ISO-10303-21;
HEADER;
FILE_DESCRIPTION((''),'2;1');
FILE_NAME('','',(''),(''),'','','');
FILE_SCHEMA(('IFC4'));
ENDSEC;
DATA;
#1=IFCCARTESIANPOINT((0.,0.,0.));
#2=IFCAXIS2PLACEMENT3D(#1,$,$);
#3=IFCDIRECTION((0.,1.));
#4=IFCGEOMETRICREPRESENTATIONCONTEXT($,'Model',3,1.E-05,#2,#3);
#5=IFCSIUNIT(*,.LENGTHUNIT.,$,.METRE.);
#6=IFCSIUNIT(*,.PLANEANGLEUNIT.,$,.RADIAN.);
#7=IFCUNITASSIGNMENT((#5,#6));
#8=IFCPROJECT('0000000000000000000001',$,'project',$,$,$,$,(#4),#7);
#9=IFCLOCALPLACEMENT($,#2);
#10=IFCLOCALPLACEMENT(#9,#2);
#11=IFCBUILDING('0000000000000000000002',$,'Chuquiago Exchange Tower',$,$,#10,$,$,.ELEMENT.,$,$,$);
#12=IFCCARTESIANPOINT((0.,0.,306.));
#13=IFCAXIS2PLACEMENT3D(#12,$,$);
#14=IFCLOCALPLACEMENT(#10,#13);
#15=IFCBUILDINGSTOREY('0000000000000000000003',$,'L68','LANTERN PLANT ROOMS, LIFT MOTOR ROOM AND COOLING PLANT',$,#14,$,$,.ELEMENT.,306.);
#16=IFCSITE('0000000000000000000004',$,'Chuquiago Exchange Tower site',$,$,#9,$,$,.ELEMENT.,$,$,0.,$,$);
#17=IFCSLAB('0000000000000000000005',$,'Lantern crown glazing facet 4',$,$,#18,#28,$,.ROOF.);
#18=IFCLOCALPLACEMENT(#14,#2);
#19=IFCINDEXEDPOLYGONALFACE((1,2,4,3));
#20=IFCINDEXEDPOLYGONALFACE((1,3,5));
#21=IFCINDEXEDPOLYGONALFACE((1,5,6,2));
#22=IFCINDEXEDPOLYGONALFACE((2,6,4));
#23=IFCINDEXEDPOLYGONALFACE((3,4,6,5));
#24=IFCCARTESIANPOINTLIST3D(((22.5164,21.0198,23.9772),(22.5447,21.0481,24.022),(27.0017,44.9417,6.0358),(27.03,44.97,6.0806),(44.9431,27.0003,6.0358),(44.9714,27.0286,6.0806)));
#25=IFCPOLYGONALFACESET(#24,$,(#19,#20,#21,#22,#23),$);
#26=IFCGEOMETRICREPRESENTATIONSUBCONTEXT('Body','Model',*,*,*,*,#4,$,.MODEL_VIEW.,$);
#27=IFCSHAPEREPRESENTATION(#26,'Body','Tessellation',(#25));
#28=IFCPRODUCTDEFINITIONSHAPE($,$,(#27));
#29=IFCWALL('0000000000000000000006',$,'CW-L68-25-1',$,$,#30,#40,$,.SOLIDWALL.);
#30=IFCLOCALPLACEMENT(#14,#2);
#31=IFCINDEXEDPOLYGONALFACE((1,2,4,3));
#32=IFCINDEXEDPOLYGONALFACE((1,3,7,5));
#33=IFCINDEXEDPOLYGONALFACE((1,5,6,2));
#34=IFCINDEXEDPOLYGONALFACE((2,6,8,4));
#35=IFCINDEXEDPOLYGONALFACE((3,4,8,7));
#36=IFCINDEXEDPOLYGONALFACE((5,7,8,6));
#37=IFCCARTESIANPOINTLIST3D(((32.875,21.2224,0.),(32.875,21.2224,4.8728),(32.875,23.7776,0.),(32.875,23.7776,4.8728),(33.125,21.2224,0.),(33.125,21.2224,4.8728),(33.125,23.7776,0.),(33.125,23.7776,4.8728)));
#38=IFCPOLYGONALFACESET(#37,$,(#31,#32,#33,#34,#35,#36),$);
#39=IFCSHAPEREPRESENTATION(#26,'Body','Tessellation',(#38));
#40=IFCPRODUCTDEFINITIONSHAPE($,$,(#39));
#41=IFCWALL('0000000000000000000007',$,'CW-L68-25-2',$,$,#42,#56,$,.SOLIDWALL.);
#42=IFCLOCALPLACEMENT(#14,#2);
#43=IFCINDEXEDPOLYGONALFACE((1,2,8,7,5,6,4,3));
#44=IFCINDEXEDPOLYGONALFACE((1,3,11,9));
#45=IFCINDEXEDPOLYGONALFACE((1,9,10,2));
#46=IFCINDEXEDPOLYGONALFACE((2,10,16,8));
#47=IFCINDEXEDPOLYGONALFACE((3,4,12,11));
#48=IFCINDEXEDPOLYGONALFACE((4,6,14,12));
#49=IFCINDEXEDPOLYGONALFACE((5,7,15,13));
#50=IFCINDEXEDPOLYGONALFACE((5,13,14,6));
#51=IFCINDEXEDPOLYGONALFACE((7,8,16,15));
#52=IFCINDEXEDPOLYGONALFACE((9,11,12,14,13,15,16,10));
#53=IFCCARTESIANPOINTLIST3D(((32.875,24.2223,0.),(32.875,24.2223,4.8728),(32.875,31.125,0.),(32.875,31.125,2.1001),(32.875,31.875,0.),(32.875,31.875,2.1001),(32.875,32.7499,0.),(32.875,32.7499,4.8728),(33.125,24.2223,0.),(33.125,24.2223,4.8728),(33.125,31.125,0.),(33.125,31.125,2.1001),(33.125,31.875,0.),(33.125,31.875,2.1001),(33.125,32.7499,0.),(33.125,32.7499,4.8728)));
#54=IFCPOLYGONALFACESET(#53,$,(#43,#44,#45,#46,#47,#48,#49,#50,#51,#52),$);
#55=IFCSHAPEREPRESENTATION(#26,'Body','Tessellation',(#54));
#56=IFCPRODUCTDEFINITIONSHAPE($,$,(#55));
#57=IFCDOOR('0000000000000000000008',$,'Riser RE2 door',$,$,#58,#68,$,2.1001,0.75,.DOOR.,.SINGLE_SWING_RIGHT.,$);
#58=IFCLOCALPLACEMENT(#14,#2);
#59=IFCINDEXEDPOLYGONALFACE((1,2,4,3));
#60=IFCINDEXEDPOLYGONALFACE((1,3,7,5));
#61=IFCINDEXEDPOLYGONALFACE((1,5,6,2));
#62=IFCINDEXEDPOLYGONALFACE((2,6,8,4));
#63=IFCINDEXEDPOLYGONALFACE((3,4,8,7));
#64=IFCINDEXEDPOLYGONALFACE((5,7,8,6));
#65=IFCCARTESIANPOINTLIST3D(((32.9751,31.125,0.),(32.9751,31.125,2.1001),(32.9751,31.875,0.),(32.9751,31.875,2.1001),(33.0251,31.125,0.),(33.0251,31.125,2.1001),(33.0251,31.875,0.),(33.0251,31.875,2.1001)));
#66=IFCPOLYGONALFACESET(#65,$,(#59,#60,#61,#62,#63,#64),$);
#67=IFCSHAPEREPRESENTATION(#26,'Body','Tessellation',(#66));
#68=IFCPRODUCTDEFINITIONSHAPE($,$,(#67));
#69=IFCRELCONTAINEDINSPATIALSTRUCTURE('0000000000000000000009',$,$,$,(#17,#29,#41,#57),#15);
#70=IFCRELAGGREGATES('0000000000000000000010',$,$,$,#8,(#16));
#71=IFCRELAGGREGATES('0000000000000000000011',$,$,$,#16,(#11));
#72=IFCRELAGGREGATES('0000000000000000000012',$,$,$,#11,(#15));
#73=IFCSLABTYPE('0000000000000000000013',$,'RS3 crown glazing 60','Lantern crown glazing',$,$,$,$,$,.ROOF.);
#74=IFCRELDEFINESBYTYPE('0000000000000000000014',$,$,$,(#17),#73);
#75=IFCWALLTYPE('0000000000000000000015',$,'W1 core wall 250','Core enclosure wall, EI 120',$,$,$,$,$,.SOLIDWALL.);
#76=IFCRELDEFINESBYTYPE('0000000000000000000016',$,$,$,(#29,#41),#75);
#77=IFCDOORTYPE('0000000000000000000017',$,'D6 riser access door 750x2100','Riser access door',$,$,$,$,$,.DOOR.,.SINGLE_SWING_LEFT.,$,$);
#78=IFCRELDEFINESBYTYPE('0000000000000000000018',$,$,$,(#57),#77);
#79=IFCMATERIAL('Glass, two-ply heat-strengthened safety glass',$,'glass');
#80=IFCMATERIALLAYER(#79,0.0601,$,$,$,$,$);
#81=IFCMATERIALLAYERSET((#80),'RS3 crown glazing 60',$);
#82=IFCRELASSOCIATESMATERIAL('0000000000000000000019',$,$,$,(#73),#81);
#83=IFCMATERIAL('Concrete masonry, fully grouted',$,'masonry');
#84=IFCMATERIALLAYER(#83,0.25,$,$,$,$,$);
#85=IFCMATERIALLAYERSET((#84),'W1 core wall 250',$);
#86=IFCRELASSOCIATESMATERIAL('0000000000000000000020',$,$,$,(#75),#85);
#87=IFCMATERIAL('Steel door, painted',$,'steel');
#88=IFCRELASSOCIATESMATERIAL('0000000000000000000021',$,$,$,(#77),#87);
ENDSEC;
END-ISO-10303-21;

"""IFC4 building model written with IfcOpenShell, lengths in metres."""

from ifc_helpers import new_model, si_unit, direction, frame, frame_2d, origin, place, context, subcontext, project, spatial, polyline, rectangle, outline, extrude, material, layer, layer_set, type_object, element, fill, save


model = new_model("IFC4")

# Units and contexts
model_context = context("Model", 3, precision=1e-05, world=origin(), true_north=direction((0.0, 1.0)))
body_context = subcontext(model_context, "Body", "Model", "MODEL_VIEW")
ifc_project = project(units=[si_unit("LENGTHUNIT", "METRE"), si_unit("PLANEANGLEUNIT", "RADIAN")], contexts=[model_context])

# Site, building, storey
site_placement = place(None, origin())
site = spatial("IfcSite", under=ifc_project, at=site_placement, Name="Chuquiago Exchange Tower site", CompositionType="ELEMENT", RefElevation=0.0)
building_placement = place(site_placement, origin())
building = spatial("IfcBuilding", under=site, at=building_placement, Name="Chuquiago Exchange Tower", CompositionType="ELEMENT")
storey_placement = place(building_placement, frame((0.0, 0.0, 306.0)))
storey = spatial("IfcBuildingStorey", under=building, at=storey_placement, Name="L68", Description="LANTERN PLANT ROOMS, LIFT MOTOR ROOM AND COOLING PLANT", CompositionType="ELEMENT", Elevation=306.0)

# Slab
ifc_material_1 = material(Name="Glass, two-ply heat-strengthened safety glass", Category="glass")
ifc_layer_1 = layer(ifc_material_1, 0.0601)
ifc_layer_set_1 = layer_set([ifc_layer_1], Name="RS3 crown glazing 60")
slab_type = type_object("IfcSlabType", Name="RS3 crown glazing 60", Description="Lantern crown glazing", PredefinedType="ROOF", material=ifc_layer_set_1)
slab_placement = place(storey_placement, frame((44.9714, 27.0286, 6.0806), z_axis=(0.471041, 0.471041, 0.745815), x_axis=(-0.707107, 0.707107, 0.0)))
element("IfcSlab", 1, at=slab_placement, inside=storey, type_object=slab_type, Name="Lantern crown glazing facet 4", PredefinedType="ROOF", context=body_context, shape_type="SweptSolid", body=[
    extrude(outline(polyline([(0.0, 0.0), (25.373, 0.0), (11.6293, 26.9329), (0.0, 0.0)])), origin(), (0.0, 0.0, -1.0), 0.0601),
])

# Wall
ifc_material_2 = material(Name="Concrete masonry, fully grouted", Category="masonry")
ifc_layer_2 = layer(ifc_material_2, 0.25)
ifc_layer_set_2 = layer_set([ifc_layer_2], Name="W1 core wall 250")
wall_type = type_object("IfcWallType", Name="W1 core wall 250", Description="Core enclosure wall, EI 120", PredefinedType="SOLIDWALL", material=ifc_layer_set_2)
wall_1_placement = place(storey_placement, frame((33.0, 21.2224, 0.0), z_axis=(0.0, 0.0, 1.0), x_axis=(0.0, 1.0, 0.0)))
element("IfcWall", 2, at=wall_1_placement, inside=storey, type_object=wall_type, Name="CW-L68-25-1", PredefinedType="SOLIDWALL", context=body_context, shape_type="SweptSolid", body=[
    extrude(rectangle(XDim=2.5552, YDim=0.25, at=frame_2d((1.2776, 0.0))), origin(), (0.0, 0.0, 1.0), 4.8728),
])

# Wall, opening, door
wall_2_placement = place(storey_placement, frame((33.0, 24.2224, 0.0), z_axis=(0.0, 0.0, 1.0), x_axis=(0.0, 1.0, 0.0)))
wall_2 = element("IfcWall", 3, at=wall_2_placement, inside=storey, type_object=wall_type, Name="CW-L68-25-2", PredefinedType="SOLIDWALL", context=body_context, shape_type="SweptSolid", body=[
    extrude(rectangle(XDim=8.5276, YDim=0.25, at=frame_2d((4.2637, 0.0))), origin(), (0.0, 0.0, 1.0), 4.8728),
])
opening_placement = place(wall_2_placement, frame((6.9026, 0.0, 0.0)))
opening = element("IfcOpeningElement", 4, at=opening_placement, cuts=wall_2, PredefinedType="OPENING", context=body_context, shape_type="SweptSolid", body=[
    extrude(rectangle(XDim=0.75, YDim=2.1001, at=frame_2d((0.375, 1.05))), frame((0.0, 0.135, 0.0), z_axis=(0.0, -1.0, 0.0), x_axis=(1.0, 0.0, 0.0)), (0.0, 0.0, 1.0), 0.27),
])
ifc_material_3 = material(Name="Steel door, painted", Category="steel")
door_type = type_object("IfcDoorType", Name="D6 riser access door 750x2100", Description="Riser access door", OperationType="SINGLE_SWING_LEFT", PredefinedType="DOOR", material=ifc_material_3)
door_placement = place(opening_placement, origin())
door = element("IfcDoor", 5, at=door_placement, inside=storey, type_object=door_type, Name="Riser RE2 door", OperationType="SINGLE_SWING_RIGHT", OverallHeight=2.1001, OverallWidth=0.75, PredefinedType="DOOR", context=body_context, shape_type="SweptSolid", body=[
    extrude(rectangle(XDim=0.75, YDim=2.1001, at=frame_2d((0.375, 1.05))), frame((0.0, 0.0249, 0.0), z_axis=(0.0, -1.0, 0.0), x_axis=(1.0, 0.0, 0.0)), (0.0, 0.0, 1.0), 0.05),
])
fill(opening, door)

save(model, "model.ifc")
